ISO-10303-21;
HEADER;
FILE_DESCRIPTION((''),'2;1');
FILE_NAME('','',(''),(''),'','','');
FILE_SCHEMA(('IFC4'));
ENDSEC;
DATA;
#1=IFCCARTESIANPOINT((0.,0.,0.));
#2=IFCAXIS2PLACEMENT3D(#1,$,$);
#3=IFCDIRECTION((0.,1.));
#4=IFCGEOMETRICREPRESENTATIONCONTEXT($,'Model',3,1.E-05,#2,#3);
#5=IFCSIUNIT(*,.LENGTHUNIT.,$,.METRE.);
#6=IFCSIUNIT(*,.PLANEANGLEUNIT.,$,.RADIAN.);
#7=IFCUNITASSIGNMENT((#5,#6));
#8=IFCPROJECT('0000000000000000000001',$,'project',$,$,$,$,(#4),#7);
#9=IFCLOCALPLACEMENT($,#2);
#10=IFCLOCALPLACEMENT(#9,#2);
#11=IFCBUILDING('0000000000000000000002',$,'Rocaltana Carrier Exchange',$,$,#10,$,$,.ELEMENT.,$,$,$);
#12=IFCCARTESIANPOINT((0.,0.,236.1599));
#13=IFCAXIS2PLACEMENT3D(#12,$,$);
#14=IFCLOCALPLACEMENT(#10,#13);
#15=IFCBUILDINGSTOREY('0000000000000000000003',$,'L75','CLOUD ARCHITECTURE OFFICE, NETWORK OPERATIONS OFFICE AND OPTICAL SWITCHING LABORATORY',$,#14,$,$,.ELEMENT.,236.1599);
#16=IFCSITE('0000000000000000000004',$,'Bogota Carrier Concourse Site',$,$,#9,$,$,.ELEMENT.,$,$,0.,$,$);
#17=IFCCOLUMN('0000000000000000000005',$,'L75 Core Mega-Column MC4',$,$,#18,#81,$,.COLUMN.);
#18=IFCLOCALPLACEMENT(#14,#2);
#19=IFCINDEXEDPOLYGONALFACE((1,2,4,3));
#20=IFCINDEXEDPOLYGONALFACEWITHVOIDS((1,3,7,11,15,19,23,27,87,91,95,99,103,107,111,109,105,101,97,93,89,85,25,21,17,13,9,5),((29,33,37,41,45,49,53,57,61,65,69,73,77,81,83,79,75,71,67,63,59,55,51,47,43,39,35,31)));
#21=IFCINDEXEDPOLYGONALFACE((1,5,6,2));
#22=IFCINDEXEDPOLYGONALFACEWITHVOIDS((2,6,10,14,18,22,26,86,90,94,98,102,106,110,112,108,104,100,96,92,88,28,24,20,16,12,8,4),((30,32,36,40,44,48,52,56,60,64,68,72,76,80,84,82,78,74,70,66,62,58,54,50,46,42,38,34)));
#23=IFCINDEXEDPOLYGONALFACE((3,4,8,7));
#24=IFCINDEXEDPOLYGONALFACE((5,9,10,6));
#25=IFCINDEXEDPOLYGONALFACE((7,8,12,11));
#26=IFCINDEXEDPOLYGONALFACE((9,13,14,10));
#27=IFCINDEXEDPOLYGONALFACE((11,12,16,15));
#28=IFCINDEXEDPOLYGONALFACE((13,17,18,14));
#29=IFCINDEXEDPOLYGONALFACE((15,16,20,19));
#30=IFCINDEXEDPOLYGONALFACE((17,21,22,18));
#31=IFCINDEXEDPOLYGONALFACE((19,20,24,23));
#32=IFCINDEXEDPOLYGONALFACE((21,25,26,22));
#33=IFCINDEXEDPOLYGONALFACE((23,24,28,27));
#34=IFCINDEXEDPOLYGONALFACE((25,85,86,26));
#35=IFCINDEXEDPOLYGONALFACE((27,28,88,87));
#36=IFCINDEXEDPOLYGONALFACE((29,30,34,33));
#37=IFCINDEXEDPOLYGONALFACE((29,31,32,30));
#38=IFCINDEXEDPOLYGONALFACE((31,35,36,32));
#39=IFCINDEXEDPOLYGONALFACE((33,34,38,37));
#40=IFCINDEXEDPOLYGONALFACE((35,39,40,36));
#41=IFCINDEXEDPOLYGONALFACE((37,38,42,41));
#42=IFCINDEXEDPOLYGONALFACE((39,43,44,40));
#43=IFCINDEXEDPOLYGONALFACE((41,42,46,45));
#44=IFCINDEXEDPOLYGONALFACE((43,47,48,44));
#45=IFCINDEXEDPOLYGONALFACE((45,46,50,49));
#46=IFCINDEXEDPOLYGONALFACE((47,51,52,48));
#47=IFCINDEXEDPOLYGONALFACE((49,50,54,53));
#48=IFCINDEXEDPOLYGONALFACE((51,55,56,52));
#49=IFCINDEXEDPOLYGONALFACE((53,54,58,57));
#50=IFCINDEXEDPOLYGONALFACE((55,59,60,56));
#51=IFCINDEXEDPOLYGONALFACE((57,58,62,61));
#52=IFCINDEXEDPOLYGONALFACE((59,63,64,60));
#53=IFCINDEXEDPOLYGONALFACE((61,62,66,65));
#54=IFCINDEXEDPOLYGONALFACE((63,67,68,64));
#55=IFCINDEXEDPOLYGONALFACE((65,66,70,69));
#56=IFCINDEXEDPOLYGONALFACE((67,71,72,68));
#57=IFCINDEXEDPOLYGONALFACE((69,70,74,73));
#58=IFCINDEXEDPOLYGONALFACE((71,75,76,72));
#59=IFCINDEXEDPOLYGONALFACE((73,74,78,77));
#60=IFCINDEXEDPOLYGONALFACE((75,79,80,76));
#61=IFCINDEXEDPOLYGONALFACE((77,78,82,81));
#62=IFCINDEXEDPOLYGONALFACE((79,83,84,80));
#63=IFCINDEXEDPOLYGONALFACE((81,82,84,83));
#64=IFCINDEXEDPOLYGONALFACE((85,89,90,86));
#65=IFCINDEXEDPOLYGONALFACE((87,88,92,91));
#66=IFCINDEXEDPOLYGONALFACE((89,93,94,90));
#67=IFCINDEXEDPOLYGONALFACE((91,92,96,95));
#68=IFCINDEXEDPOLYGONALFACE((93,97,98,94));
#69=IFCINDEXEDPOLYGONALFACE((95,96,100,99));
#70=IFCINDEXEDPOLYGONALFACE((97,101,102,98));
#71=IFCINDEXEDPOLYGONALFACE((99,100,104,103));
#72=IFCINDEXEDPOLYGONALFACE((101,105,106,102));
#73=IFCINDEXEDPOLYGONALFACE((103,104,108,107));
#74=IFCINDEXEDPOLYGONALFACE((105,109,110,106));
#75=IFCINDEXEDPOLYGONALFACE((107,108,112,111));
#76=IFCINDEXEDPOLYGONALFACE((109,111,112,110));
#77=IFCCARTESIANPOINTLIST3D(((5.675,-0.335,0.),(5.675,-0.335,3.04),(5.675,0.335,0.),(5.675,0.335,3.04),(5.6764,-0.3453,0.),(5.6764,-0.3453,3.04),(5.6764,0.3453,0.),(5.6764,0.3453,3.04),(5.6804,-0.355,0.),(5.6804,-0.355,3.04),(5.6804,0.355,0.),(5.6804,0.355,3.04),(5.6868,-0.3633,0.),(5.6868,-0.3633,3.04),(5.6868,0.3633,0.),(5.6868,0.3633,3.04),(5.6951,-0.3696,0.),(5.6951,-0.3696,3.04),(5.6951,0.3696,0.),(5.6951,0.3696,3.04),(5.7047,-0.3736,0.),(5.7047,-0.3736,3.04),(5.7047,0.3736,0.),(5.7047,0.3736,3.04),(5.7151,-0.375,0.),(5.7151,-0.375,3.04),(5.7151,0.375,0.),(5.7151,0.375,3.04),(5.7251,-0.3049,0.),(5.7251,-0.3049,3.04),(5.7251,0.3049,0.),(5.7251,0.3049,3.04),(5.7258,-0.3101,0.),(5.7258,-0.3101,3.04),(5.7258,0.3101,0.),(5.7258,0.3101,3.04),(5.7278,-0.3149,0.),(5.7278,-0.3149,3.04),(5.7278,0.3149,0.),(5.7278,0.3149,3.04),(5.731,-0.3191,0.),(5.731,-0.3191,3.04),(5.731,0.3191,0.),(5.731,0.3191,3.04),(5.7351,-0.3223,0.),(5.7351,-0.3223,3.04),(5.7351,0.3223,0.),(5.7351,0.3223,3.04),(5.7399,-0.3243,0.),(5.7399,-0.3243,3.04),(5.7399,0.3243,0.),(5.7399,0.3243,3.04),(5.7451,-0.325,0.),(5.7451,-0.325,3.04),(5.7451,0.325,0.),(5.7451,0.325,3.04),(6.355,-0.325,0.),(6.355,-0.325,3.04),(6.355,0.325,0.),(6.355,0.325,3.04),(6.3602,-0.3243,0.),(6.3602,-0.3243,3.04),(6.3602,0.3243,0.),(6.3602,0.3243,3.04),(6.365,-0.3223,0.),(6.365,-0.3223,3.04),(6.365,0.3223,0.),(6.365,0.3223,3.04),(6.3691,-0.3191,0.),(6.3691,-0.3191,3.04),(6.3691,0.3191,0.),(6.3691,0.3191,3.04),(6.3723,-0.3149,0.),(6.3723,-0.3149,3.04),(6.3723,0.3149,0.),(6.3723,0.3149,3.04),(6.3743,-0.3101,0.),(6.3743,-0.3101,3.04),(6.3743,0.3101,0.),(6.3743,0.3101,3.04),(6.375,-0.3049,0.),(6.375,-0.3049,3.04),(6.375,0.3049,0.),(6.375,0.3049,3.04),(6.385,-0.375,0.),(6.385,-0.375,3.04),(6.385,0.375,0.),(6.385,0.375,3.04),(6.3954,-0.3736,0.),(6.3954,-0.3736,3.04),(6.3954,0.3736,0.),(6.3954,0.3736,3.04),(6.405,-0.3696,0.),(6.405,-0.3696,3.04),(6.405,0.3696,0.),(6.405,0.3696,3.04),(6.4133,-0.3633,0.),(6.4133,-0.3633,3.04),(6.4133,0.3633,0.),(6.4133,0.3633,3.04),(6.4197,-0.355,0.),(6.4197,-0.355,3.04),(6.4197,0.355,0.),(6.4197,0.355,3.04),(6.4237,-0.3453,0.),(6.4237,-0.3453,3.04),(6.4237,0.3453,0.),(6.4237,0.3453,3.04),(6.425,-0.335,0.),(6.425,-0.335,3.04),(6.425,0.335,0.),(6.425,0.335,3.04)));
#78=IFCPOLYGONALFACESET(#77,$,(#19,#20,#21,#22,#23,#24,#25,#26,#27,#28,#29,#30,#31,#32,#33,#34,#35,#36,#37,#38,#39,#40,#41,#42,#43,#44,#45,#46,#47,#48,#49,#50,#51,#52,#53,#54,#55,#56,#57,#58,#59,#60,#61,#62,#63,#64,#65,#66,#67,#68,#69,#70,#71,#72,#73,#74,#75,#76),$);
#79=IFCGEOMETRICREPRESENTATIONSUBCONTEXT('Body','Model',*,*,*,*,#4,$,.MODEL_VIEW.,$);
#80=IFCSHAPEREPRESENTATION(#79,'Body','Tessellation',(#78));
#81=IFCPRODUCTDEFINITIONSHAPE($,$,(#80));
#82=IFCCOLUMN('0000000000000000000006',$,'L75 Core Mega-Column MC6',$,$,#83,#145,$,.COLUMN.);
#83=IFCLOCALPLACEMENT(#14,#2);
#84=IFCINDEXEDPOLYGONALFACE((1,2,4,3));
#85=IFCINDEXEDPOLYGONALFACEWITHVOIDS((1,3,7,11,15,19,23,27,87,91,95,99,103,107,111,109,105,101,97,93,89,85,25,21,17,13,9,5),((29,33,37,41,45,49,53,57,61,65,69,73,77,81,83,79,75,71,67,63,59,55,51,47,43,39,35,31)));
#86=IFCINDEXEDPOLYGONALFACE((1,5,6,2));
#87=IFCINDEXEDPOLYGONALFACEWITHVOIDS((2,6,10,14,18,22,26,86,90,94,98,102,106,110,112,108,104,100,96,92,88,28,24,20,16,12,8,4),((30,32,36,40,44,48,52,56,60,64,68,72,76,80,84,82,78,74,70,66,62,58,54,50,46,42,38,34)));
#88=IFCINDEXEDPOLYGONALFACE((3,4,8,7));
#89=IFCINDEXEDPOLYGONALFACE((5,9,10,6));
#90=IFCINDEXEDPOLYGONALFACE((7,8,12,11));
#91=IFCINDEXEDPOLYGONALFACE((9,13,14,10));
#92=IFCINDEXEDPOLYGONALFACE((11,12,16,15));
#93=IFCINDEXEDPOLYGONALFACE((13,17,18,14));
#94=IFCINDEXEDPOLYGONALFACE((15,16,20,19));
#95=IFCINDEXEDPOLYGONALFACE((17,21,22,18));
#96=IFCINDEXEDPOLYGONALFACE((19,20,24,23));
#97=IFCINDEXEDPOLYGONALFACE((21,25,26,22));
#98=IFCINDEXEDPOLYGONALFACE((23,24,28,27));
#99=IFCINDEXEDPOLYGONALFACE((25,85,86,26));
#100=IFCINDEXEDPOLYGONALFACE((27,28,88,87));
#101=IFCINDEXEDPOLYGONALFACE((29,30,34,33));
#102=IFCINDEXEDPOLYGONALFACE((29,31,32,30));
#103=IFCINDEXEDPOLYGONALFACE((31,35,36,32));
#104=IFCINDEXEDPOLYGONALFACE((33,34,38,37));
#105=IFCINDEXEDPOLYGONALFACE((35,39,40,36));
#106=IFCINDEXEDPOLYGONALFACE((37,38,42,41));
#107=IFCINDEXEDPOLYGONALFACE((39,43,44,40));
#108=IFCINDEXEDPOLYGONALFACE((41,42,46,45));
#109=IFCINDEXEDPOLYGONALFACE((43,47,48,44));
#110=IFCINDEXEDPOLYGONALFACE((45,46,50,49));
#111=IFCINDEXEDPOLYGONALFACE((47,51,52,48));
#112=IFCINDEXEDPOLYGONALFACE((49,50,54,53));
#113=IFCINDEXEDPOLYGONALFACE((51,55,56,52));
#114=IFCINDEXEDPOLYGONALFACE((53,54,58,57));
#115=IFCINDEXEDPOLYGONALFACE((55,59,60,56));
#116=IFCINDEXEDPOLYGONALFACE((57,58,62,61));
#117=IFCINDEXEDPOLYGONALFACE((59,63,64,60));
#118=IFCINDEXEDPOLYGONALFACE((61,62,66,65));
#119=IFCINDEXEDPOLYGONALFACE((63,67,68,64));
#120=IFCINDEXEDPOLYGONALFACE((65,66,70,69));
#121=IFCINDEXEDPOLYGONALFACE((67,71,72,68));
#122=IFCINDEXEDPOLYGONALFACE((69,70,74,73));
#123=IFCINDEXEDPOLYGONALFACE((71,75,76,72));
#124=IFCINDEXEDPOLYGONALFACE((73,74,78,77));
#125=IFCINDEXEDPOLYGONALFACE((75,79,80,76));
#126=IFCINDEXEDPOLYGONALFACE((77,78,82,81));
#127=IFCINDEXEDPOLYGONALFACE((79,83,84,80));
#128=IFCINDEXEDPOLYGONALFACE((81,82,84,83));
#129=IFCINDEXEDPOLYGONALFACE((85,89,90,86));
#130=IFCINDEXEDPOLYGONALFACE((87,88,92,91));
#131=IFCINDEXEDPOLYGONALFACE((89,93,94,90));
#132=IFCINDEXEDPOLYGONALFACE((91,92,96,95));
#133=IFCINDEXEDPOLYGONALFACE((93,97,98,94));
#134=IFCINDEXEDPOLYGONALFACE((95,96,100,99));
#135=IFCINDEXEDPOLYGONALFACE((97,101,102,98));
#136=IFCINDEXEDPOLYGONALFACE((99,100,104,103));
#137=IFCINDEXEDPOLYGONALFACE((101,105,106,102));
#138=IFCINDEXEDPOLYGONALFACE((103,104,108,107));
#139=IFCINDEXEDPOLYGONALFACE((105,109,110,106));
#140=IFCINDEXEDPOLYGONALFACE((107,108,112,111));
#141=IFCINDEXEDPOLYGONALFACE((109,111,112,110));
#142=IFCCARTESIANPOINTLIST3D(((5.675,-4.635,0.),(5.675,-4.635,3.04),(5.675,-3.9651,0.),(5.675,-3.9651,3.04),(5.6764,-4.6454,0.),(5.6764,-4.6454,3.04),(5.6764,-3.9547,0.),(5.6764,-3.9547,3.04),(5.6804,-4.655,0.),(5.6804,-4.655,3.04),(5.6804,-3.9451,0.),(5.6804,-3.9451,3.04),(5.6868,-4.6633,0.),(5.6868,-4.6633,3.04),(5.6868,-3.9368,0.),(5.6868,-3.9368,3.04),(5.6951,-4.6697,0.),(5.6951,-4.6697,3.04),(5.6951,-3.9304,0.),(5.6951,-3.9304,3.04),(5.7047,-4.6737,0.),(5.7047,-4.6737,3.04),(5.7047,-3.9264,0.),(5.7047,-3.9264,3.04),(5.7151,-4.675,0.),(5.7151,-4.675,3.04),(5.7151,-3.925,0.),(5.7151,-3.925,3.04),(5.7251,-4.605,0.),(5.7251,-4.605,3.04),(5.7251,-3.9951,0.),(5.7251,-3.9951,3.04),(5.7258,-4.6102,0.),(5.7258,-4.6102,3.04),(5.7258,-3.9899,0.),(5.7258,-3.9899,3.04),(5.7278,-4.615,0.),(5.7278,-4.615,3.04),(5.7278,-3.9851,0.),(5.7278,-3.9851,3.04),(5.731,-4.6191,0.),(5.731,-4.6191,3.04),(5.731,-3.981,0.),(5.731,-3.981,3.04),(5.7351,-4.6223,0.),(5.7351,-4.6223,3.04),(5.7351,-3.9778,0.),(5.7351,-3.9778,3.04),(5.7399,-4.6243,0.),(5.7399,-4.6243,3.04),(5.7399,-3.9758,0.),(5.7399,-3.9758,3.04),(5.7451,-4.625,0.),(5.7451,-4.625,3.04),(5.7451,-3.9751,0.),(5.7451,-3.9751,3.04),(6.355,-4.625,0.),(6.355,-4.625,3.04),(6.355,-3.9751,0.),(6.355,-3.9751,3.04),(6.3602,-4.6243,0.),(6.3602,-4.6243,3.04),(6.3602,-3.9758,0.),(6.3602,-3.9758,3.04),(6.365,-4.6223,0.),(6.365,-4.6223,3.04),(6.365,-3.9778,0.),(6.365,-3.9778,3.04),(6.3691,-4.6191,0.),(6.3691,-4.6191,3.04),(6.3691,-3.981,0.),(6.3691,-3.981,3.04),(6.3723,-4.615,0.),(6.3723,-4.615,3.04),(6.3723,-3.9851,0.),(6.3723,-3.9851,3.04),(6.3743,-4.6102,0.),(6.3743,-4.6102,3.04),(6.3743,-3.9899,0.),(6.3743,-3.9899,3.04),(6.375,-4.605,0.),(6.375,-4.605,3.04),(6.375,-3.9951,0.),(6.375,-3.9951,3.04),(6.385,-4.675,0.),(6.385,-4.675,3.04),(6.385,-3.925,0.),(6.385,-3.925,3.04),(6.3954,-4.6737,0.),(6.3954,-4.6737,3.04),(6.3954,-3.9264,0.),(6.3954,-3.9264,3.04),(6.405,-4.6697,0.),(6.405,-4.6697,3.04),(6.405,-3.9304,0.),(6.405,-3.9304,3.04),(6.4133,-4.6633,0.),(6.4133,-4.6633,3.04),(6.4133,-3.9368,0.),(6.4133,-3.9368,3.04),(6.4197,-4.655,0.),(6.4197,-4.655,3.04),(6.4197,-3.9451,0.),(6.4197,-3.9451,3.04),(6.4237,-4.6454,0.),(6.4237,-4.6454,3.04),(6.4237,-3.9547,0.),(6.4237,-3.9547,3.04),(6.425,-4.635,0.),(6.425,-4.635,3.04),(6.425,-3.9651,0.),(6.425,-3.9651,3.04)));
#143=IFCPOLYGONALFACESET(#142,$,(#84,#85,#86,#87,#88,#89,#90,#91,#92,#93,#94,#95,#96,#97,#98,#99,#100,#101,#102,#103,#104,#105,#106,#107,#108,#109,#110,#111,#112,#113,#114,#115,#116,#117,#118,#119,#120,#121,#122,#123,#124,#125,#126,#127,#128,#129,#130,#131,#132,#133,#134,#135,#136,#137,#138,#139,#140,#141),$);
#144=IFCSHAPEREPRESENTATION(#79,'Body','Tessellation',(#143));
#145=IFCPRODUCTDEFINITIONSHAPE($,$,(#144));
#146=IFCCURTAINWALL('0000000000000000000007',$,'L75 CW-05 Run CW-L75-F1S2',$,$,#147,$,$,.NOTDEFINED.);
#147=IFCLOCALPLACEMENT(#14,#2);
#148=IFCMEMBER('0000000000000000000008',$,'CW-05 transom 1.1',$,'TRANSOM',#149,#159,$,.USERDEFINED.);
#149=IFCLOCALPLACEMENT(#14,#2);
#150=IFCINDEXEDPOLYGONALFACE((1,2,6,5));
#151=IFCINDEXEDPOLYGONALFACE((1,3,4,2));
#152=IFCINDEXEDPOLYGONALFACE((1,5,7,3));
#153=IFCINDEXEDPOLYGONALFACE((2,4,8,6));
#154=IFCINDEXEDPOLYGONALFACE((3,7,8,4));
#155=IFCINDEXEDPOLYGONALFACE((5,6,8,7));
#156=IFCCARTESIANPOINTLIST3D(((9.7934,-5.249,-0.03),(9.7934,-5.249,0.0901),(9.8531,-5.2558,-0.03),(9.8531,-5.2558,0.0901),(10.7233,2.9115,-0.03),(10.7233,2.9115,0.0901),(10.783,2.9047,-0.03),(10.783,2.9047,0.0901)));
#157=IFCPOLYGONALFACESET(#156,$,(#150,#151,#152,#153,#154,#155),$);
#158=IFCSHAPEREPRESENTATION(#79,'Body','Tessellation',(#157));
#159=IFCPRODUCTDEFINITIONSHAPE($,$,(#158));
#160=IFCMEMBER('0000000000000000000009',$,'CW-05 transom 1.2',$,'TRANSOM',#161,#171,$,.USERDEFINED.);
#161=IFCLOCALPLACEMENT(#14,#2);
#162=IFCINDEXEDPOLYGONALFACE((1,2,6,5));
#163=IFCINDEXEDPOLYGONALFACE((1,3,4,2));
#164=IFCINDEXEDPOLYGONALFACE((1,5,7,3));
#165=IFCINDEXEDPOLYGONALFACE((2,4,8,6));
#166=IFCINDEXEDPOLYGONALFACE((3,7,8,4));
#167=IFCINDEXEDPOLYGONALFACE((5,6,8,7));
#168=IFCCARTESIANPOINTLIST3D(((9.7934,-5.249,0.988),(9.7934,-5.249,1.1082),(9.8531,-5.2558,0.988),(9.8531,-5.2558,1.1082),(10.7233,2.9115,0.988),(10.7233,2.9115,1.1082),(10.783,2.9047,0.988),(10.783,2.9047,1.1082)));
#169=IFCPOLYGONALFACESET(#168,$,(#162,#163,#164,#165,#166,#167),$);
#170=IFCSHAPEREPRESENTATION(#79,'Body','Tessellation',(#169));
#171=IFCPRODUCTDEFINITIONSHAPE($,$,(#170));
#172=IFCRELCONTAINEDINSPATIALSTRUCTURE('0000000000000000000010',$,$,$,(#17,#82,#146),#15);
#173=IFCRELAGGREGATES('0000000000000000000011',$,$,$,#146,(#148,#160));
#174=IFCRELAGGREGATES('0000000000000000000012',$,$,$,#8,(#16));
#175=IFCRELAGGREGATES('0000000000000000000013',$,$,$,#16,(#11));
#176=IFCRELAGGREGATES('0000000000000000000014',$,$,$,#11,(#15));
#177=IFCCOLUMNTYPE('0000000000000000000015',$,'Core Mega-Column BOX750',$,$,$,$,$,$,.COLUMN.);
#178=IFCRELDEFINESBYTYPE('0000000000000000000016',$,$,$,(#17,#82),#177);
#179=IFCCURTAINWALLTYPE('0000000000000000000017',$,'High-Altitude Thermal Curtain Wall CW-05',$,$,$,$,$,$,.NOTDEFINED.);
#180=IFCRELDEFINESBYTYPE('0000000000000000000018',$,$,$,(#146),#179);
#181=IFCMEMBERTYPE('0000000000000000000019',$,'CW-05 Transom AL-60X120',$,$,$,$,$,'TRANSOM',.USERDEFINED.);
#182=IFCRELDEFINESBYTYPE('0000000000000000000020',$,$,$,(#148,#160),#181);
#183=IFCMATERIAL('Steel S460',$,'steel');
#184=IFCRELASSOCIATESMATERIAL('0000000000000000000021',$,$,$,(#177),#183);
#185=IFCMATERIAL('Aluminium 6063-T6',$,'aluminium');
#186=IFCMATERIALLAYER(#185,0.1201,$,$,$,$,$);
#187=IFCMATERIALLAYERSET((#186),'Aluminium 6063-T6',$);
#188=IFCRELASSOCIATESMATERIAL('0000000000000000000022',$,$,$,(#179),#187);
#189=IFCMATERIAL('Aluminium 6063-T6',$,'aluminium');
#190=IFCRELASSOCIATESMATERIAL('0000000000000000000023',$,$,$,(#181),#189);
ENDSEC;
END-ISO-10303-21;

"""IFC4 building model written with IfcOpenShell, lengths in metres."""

from ifc_helpers import new_model, si_unit, direction, frame, origin, origin_2d, place, context, subcontext, project, spatial, rectangle, hollow_rectangle, extrude, material, layer, layer_set, material_profile, profile_set, type_object, element, aggregate, save


model = new_model("IFC4")

# Units and contexts
model_context = context("Model", 3, precision=1e-05, world=origin(), true_north=direction((0.0, 1.0)))
body_context = subcontext(model_context, "Body", "Model", "MODEL_VIEW")
ifc_project = project(units=[si_unit("LENGTHUNIT", "METRE"), si_unit("PLANEANGLEUNIT", "RADIAN")], contexts=[model_context])

# Site, building, storey
site_placement = place(None, origin())
site = spatial("IfcSite", under=ifc_project, at=site_placement, Name="Bogota Carrier Concourse Site", CompositionType="ELEMENT", RefElevation=0.0)
building_placement = place(site_placement, origin())
building = spatial("IfcBuilding", under=site, at=building_placement, Name="Rocaltana Carrier Exchange", CompositionType="ELEMENT")
storey_placement = place(building_placement, frame((0.0, 0.0, 236.1599)))
storey = spatial("IfcBuildingStorey", under=building, at=storey_placement, Name="L75", Description="CLOUD ARCHITECTURE OFFICE, NETWORK OPERATIONS OFFICE AND OPTICAL SWITCHING LABORATORY", CompositionType="ELEMENT", Elevation=236.1599)

# Columns
ifc_material_1 = material(Name="Steel S460", Category="steel")
ifc_material_profile_1 = material_profile(ifc_material_1, hollow_rectangle(XDim=0.75, YDim=0.75, WallThickness=0.05, InnerFilletRadius=0.02, OuterFilletRadius=0.04, at=origin_2d()), Name="BOX750X750X50")
ifc_profile_set_1 = profile_set([ifc_material_profile_1], Name="Steel S460")
column_type = type_object("IfcColumnType", Name="Core Mega-Column BOX750", PredefinedType="COLUMN", material=ifc_profile_set_1)
for number, where, z_axis, x_axis, name in (
    (1, (6.05, 0.0, 0.0), (0.0, 0.0, 1.0), (1.0, 0.0, 0.0), "L75 Core Mega-Column MC4"),
    (2, (6.05, -4.3, 0.0), (0.0, 0.0, 1.0), (1.0, 0.0, 0.0), "L75 Core Mega-Column MC6"),
):
    element("IfcColumn", number, at=place(storey_placement, frame(where, z_axis=z_axis, x_axis=x_axis)), inside=storey, type_object=column_type, Name=name, PredefinedType="COLUMN", context=body_context, shape_type="SweptSolid", body=[
        extrude(hollow_rectangle(XDim=0.75, YDim=0.75, WallThickness=0.05, InnerFilletRadius=0.02, OuterFilletRadius=0.04, at=origin_2d()), origin(), (0.0, 0.0, 1.0), 3.04),
    ])

# Curtain wall, members
ifc_material_2 = material(Name="Aluminium 6063-T6", Category="aluminium")
ifc_layer_1 = layer(ifc_material_2, 0.1201)
ifc_layer_set_1 = layer_set([ifc_layer_1], Name="Aluminium 6063-T6")
curtain_wall_type = type_object("IfcCurtainWallType", Name="High-Altitude Thermal Curtain Wall CW-05", PredefinedType="NOTDEFINED", material=ifc_layer_set_1)
curtain_wall_placement = place(storey_placement, origin())
curtain_wall = element("IfcCurtainWall", 3, at=curtain_wall_placement, inside=storey, type_object=curtain_wall_type, Name="L75 CW-05 Run CW-L75-F1S2", PredefinedType="NOTDEFINED")
ifc_material_3 = material(Name="Aluminium 6063-T6", Category="aluminium")
ifc_material_profile_2 = material_profile(ifc_material_3, rectangle(XDim=0.0601, YDim=0.1201, at=origin_2d()), Name="AL-60X120")
ifc_profile_set_2 = profile_set([ifc_material_profile_2], Name="Aluminium 6063-T6")
member_type = type_object("IfcMemberType", Name="CW-05 Transom AL-60X120", ElementType="TRANSOM", PredefinedType="USERDEFINED", material=ifc_profile_set_2)
member_1_placement = place(storey_placement, frame((9.8232, -5.2524, 0.03), z_axis=(0.11322, 0.99357, 0.0), x_axis=(-0.99357, 0.11322, 0.0)))
member_1 = element("IfcMember", 4, at=member_1_placement, type_object=member_type, Name="CW-05 transom 1.1", ObjectType="TRANSOM", PredefinedType="USERDEFINED", context=body_context, shape_type="SweptSolid", body=[
    extrude(rectangle(XDim=0.0601, YDim=0.1201, at=origin_2d()), origin(), (0.0, 0.0, 1.0), 8.2134),
])
member_2_placement = place(storey_placement, frame((9.8232, -5.2524, 1.0481), z_axis=(0.11322, 0.99357, 0.0), x_axis=(-0.99357, 0.11322, 0.0)))
member_2 = element("IfcMember", 5, at=member_2_placement, type_object=member_type, Name="CW-05 transom 1.2", ObjectType="TRANSOM", PredefinedType="USERDEFINED", context=body_context, shape_type="SweptSolid", body=[
    extrude(rectangle(XDim=0.0601, YDim=0.1201, at=origin_2d()), origin(), (0.0, 0.0, 1.0), 8.2134),
])

aggregate(curtain_wall, [member_1, member_2])

save(model, "model.ifc")
